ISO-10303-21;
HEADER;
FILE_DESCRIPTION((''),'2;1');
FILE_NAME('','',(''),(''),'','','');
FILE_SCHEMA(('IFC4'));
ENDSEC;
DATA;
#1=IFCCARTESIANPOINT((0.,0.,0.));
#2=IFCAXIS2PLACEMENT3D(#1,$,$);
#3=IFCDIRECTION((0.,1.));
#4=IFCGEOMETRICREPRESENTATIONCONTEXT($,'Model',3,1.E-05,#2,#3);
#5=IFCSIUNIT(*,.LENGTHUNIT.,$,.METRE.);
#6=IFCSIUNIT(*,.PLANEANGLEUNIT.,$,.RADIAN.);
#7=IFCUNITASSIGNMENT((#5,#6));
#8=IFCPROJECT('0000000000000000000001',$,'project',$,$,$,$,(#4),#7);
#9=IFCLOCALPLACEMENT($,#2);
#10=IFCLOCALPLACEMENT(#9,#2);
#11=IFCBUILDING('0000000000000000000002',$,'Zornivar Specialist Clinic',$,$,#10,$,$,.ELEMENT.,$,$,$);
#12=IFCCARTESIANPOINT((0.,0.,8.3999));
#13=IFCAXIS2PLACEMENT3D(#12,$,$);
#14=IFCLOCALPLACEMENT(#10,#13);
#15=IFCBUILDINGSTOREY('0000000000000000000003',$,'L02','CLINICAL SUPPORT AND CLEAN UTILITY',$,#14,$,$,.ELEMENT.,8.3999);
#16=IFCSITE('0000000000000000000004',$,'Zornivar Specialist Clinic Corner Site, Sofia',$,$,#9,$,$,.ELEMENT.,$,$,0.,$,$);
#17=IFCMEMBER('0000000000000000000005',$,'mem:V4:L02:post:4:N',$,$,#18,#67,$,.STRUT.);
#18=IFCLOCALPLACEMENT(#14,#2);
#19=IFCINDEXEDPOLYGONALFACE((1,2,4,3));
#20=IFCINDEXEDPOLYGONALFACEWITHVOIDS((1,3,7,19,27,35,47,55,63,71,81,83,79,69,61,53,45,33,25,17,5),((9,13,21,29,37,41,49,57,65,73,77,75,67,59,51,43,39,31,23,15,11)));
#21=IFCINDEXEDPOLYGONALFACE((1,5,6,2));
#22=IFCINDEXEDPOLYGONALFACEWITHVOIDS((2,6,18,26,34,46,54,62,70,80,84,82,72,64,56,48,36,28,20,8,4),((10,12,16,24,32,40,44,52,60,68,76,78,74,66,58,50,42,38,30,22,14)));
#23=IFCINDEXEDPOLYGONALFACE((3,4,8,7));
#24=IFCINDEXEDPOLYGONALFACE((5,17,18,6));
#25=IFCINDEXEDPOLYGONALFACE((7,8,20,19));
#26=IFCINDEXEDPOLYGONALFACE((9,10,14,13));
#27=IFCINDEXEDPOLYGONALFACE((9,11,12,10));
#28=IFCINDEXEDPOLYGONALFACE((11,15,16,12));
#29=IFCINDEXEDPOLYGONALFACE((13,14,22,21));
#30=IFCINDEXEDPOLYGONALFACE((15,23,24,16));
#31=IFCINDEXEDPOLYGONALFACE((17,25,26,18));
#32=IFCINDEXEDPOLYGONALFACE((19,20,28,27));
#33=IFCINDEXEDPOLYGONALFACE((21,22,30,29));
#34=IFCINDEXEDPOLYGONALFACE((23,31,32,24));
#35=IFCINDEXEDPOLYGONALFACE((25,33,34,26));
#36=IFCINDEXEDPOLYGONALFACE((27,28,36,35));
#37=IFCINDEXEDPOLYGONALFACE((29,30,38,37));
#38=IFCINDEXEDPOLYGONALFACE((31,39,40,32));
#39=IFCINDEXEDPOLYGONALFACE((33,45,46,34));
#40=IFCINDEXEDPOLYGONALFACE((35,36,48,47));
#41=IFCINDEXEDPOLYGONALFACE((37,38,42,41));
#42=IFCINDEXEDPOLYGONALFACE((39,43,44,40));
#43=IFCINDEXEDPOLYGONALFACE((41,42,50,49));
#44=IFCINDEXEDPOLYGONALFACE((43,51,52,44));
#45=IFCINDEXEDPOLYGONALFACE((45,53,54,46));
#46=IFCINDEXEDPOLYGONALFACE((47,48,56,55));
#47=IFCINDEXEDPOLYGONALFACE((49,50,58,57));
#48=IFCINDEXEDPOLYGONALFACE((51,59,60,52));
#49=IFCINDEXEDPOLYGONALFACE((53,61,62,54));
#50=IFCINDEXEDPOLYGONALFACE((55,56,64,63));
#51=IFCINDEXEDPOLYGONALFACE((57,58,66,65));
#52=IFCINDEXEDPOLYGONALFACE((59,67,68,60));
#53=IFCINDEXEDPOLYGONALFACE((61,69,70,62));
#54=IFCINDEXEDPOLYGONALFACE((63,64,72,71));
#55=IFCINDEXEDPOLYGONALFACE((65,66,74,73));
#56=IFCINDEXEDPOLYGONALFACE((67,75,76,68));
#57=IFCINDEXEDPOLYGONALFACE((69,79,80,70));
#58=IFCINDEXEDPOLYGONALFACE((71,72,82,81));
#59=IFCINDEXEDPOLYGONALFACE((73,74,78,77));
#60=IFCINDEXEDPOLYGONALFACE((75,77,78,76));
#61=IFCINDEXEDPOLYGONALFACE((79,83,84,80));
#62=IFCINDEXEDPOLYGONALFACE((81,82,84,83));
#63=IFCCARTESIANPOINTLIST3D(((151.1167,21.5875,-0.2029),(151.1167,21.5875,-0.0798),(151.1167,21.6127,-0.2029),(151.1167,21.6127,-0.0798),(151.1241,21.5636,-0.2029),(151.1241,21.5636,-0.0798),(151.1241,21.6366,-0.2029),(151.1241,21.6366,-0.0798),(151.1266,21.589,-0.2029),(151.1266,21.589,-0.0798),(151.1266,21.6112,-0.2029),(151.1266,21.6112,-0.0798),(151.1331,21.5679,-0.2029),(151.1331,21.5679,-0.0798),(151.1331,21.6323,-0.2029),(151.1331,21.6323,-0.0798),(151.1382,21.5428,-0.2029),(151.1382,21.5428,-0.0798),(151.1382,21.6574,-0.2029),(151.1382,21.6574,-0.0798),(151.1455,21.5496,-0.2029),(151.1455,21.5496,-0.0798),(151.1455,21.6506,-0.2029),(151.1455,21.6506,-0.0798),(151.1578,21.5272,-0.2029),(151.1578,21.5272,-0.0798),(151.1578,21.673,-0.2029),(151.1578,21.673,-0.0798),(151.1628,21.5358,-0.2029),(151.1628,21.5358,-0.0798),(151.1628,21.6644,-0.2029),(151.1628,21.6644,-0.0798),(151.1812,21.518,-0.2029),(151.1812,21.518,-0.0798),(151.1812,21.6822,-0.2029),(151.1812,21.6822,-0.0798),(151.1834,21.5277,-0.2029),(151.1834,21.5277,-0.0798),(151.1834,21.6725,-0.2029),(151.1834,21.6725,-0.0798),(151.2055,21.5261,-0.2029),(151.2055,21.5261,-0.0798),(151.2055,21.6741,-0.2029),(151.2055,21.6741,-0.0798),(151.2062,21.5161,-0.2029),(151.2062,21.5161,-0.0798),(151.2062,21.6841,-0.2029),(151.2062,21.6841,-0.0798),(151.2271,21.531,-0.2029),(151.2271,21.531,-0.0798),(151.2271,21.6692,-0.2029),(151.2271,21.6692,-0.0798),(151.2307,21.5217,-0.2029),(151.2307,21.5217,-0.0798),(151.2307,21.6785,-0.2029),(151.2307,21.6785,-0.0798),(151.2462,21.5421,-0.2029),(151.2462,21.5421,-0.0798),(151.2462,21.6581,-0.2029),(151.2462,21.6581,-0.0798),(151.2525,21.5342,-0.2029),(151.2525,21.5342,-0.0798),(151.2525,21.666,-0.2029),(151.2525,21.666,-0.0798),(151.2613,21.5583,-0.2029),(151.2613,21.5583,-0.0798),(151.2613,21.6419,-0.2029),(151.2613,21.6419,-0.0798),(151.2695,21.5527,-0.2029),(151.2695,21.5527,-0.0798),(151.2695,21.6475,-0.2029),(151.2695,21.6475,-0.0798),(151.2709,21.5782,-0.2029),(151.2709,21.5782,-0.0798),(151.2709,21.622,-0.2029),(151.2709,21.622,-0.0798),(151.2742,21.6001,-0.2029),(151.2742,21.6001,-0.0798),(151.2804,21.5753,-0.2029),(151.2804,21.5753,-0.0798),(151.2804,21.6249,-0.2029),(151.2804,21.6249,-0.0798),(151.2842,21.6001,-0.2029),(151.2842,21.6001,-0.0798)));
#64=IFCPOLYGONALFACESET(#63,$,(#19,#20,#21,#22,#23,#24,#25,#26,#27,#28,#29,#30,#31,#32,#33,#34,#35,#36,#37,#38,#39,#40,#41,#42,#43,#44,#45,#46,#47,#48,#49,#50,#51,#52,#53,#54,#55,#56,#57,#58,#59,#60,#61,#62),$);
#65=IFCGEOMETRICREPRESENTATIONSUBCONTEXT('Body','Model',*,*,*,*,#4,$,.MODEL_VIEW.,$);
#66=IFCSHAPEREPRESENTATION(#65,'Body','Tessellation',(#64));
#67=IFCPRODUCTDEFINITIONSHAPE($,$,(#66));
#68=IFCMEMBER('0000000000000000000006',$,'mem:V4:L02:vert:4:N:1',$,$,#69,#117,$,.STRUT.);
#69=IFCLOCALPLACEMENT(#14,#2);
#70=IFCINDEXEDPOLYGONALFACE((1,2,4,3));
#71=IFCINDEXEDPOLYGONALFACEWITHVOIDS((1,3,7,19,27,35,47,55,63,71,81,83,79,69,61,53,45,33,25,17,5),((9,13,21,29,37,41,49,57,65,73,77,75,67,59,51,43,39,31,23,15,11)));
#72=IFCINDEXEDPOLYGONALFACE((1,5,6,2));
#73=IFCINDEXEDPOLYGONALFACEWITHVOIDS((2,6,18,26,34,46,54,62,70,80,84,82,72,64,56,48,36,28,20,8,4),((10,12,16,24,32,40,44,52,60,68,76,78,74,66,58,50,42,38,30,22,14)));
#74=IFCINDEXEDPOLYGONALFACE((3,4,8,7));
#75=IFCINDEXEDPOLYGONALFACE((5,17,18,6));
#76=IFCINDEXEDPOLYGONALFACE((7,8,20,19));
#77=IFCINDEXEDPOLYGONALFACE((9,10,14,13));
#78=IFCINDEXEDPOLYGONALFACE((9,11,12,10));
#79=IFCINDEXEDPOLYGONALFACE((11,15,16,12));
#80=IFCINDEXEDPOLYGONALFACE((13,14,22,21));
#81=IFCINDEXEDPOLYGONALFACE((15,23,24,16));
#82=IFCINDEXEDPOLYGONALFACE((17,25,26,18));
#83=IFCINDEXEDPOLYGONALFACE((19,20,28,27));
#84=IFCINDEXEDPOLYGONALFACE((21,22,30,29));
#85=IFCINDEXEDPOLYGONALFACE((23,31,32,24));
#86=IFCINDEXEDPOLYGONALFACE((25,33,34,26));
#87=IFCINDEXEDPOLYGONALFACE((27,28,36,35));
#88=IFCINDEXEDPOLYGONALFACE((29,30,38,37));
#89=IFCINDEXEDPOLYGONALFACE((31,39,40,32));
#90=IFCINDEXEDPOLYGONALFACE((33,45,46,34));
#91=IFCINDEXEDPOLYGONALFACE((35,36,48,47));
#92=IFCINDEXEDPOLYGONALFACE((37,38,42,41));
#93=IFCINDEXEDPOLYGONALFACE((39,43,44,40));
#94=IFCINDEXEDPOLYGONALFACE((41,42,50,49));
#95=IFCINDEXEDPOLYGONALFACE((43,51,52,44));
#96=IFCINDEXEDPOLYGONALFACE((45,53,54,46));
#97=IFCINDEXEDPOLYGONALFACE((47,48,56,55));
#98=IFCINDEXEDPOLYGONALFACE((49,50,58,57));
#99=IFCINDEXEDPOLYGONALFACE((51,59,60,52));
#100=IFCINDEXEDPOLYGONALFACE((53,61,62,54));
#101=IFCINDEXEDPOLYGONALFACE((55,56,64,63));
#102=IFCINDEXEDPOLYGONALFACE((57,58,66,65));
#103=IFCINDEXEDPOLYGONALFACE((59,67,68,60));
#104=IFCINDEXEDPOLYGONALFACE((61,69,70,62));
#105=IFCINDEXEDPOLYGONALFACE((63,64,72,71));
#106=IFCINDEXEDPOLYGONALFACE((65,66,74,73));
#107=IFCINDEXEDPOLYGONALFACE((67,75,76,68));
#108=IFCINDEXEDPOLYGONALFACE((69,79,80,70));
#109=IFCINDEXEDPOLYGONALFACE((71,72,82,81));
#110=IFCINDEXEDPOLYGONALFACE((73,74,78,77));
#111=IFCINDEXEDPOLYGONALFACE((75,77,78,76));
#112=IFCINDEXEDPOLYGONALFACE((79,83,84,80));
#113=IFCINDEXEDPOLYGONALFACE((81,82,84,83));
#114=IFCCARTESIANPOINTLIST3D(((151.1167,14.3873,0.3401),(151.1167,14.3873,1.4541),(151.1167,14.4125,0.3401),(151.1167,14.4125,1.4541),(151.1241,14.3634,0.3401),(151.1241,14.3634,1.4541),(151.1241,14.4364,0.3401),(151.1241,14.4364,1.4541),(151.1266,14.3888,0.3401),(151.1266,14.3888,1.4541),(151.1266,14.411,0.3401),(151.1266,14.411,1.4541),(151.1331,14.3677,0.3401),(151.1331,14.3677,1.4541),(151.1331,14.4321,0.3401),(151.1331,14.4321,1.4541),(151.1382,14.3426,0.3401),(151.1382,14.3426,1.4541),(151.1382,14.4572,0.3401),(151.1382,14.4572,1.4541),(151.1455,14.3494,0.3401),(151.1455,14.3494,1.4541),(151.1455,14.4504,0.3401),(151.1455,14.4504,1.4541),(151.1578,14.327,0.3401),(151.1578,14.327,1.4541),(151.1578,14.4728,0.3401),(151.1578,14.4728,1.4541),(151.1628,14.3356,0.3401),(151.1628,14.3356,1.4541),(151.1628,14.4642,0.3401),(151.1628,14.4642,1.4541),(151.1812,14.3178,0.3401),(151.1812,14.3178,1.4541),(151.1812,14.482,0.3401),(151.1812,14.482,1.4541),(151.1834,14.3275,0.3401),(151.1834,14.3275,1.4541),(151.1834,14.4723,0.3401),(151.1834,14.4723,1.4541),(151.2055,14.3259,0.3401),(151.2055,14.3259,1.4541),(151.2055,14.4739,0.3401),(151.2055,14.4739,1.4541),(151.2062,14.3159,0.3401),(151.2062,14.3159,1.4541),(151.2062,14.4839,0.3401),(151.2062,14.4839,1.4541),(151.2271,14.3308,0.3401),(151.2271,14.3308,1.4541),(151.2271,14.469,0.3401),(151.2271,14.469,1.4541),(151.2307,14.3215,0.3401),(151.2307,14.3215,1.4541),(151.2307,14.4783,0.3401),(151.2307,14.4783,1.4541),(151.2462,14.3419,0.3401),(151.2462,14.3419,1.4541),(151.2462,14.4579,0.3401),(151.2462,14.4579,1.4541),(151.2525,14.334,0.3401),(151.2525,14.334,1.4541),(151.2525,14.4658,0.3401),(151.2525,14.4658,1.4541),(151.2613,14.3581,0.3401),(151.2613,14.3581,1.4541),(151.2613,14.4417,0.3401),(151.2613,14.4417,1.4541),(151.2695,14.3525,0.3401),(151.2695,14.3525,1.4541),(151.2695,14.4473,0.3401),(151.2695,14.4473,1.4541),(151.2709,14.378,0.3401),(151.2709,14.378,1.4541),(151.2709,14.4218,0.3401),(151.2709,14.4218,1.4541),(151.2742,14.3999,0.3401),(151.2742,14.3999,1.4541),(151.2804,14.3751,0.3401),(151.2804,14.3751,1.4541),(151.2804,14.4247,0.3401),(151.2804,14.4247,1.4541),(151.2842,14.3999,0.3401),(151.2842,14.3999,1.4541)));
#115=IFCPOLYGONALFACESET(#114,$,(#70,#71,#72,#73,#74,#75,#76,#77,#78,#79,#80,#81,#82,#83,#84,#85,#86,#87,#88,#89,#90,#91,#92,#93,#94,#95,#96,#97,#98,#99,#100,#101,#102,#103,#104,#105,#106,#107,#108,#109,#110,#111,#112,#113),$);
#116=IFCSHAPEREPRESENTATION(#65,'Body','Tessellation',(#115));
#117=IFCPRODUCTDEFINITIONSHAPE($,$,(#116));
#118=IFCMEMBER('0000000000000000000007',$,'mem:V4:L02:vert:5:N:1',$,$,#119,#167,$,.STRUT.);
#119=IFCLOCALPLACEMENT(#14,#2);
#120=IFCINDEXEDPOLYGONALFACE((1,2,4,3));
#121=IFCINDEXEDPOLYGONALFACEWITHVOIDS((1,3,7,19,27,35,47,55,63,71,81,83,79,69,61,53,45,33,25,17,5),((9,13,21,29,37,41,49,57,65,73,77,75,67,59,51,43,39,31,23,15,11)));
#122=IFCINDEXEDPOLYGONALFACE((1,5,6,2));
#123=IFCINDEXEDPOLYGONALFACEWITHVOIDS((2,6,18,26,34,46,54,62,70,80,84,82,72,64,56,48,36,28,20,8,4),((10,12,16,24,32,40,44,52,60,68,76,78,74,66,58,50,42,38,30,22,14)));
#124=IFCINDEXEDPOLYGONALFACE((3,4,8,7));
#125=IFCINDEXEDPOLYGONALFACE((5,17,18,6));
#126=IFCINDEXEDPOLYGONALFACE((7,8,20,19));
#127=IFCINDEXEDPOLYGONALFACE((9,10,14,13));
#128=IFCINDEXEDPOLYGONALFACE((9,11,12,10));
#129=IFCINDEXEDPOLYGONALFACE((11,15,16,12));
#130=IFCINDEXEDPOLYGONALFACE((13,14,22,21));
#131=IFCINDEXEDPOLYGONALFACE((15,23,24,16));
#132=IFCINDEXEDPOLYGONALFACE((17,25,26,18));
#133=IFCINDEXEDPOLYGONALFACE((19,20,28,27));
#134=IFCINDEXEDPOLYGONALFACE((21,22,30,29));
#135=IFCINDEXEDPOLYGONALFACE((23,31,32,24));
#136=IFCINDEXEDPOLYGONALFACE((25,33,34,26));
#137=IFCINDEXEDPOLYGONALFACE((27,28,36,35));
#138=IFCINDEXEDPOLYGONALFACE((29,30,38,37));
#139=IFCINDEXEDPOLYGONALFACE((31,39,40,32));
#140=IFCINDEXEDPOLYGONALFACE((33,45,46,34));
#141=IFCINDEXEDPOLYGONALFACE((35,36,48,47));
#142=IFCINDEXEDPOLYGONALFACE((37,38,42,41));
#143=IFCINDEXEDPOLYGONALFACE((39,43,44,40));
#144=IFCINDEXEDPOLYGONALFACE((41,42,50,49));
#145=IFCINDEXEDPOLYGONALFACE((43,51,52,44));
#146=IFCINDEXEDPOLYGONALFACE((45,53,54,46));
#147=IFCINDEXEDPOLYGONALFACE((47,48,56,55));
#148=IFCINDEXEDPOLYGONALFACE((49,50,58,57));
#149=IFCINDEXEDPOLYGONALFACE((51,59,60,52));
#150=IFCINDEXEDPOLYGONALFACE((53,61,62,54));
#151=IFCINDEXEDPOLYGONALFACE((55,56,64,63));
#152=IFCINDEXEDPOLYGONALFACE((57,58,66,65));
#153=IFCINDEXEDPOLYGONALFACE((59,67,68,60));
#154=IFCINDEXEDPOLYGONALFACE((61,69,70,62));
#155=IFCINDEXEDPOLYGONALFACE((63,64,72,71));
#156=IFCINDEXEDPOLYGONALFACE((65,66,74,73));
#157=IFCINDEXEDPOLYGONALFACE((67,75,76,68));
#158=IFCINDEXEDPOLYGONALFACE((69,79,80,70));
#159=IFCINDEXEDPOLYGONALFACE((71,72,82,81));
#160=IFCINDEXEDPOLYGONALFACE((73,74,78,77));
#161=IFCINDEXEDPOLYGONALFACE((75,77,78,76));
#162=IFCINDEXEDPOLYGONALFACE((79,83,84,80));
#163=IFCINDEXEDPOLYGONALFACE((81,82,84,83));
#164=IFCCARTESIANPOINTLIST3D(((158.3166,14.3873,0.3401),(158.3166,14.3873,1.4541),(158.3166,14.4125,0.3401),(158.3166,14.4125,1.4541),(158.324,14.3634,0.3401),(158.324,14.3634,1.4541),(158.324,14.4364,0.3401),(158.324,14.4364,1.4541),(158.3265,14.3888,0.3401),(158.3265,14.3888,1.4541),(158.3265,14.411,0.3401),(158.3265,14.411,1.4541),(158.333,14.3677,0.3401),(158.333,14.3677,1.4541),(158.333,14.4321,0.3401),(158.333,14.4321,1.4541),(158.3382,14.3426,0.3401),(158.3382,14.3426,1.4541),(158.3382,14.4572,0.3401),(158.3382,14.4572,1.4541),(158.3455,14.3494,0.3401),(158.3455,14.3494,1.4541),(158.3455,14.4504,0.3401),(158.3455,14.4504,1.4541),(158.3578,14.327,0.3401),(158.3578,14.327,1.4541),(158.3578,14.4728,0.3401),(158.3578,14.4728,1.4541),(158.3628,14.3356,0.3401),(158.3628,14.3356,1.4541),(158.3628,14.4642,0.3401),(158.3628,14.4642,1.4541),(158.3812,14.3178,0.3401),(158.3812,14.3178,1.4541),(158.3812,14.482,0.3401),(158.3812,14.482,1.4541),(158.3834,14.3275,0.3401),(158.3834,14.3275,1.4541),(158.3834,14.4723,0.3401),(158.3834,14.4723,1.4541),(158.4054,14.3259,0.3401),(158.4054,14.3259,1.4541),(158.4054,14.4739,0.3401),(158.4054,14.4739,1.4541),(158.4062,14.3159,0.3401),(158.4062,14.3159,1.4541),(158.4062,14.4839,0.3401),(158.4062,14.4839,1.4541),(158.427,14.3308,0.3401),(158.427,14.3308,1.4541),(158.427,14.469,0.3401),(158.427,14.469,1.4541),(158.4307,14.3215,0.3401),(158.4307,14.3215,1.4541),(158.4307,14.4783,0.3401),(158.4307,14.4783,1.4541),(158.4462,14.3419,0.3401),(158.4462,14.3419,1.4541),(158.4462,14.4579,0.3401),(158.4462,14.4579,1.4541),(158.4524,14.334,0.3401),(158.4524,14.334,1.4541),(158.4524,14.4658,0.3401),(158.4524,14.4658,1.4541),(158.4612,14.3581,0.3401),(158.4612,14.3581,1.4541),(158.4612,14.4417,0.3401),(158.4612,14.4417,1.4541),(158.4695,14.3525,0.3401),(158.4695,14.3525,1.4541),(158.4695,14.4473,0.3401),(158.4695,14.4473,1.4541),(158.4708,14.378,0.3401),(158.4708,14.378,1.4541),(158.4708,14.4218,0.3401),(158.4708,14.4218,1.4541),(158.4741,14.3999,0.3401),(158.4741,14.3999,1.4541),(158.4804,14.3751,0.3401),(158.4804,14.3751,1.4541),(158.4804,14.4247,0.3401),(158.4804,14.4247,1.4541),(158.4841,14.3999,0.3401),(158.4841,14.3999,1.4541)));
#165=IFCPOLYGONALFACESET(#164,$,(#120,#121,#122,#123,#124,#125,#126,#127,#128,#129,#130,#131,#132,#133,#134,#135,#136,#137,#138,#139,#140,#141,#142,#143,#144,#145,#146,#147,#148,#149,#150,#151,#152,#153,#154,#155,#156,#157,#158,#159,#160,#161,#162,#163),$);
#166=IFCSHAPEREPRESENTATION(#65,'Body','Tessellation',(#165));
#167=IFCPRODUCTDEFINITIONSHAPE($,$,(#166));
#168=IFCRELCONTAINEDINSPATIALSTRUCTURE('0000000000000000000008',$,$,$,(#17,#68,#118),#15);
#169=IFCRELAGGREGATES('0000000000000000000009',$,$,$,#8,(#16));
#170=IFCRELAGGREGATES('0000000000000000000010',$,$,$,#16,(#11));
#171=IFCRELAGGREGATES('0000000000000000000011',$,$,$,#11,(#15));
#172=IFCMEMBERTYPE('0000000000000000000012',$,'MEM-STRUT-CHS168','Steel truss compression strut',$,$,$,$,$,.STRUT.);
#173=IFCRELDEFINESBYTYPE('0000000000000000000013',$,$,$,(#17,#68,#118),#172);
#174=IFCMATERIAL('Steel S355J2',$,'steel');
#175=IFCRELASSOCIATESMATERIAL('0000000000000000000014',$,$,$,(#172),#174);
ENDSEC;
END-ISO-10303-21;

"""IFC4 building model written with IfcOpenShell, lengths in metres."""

from ifc_helpers import new_model, si_unit, direction, frame, origin, origin_2d, place, context, subcontext, project, spatial, hollow_circle, extrude, material, material_profile, profile_set, type_object, element, save


model = new_model("IFC4")

# Units and contexts
model_context = context("Model", 3, precision=1e-05, world=origin(), true_north=direction((0.0, 1.0)))
body_context = subcontext(model_context, "Body", "Model", "MODEL_VIEW")
ifc_project = project(units=[si_unit("LENGTHUNIT", "METRE"), si_unit("PLANEANGLEUNIT", "RADIAN")], contexts=[model_context])

# Site, building, storey
site_placement = place(None, origin())
site = spatial("IfcSite", under=ifc_project, at=site_placement, Name="Zornivar Specialist Clinic Corner Site, Sofia", CompositionType="ELEMENT", RefElevation=0.0)
building_placement = place(site_placement, origin())
building = spatial("IfcBuilding", under=site, at=building_placement, Name="Zornivar Specialist Clinic", CompositionType="ELEMENT")
storey_placement = place(building_placement, frame((0.0, 0.0, 8.3999)))
storey = spatial("IfcBuildingStorey", under=building, at=storey_placement, Name="L02", Description="CLINICAL SUPPORT AND CLEAN UTILITY", CompositionType="ELEMENT", Elevation=8.3999)

# Members
ifc_material_1 = material(Name="Steel S355J2", Category="steel")
ifc_material_profile_1 = material_profile(ifc_material_1, hollow_circle(Radius=0.0842, WallThickness=0.01, at=origin_2d()), Name="CHS 168.3x10")
ifc_profile_set_1 = profile_set([ifc_material_profile_1], Name="Steel S355J2")
member_type_1 = type_object("IfcMemberType", Name="MEM-STRUT-CHS168", Description="Steel truss compression strut", PredefinedType="STRUT", material=ifc_profile_set_1)
member_1_placement = place(storey_placement, frame((151.2, 21.6001, -0.0798), z_axis=(0.0, 0.0, -1.0), x_axis=(1.0, 0.0, 0.0)))
element("IfcMember", 1, at=member_1_placement, inside=storey, type_object=member_type_1, Name="mem:V4:L02:post:4:N", PredefinedType="STRUT", context=body_context, shape_type="SweptSolid", body=[
    extrude(hollow_circle(Radius=0.0842, WallThickness=0.01, at=origin_2d()), origin(), (0.0, 0.0, 1.0), 0.123),
])
for number, where, z_axis, x_axis, name in (
    (2, (151.2, 14.3999, 0.3401), (0.0, 0.0, 1.0), (1.0, 0.0, 0.0), "mem:V4:L02:vert:4:N:1"),
    (3, (158.3999, 14.3999, 0.3401), (0.0, 0.0, 1.0), (1.0, 0.0, 0.0), "mem:V4:L02:vert:5:N:1"),
):
    element("IfcMember", number, at=place(storey_placement, frame(where, z_axis=z_axis, x_axis=x_axis)), inside=storey, type_object=member_type_1, Name=name, PredefinedType="STRUT", context=body_context, shape_type="SweptSolid", body=[
        extrude(hollow_circle(Radius=0.0842, WallThickness=0.01, at=origin_2d()), origin(), (0.0, 0.0, 1.0), 1.114),
    ])

save(model, "model.ifc")
